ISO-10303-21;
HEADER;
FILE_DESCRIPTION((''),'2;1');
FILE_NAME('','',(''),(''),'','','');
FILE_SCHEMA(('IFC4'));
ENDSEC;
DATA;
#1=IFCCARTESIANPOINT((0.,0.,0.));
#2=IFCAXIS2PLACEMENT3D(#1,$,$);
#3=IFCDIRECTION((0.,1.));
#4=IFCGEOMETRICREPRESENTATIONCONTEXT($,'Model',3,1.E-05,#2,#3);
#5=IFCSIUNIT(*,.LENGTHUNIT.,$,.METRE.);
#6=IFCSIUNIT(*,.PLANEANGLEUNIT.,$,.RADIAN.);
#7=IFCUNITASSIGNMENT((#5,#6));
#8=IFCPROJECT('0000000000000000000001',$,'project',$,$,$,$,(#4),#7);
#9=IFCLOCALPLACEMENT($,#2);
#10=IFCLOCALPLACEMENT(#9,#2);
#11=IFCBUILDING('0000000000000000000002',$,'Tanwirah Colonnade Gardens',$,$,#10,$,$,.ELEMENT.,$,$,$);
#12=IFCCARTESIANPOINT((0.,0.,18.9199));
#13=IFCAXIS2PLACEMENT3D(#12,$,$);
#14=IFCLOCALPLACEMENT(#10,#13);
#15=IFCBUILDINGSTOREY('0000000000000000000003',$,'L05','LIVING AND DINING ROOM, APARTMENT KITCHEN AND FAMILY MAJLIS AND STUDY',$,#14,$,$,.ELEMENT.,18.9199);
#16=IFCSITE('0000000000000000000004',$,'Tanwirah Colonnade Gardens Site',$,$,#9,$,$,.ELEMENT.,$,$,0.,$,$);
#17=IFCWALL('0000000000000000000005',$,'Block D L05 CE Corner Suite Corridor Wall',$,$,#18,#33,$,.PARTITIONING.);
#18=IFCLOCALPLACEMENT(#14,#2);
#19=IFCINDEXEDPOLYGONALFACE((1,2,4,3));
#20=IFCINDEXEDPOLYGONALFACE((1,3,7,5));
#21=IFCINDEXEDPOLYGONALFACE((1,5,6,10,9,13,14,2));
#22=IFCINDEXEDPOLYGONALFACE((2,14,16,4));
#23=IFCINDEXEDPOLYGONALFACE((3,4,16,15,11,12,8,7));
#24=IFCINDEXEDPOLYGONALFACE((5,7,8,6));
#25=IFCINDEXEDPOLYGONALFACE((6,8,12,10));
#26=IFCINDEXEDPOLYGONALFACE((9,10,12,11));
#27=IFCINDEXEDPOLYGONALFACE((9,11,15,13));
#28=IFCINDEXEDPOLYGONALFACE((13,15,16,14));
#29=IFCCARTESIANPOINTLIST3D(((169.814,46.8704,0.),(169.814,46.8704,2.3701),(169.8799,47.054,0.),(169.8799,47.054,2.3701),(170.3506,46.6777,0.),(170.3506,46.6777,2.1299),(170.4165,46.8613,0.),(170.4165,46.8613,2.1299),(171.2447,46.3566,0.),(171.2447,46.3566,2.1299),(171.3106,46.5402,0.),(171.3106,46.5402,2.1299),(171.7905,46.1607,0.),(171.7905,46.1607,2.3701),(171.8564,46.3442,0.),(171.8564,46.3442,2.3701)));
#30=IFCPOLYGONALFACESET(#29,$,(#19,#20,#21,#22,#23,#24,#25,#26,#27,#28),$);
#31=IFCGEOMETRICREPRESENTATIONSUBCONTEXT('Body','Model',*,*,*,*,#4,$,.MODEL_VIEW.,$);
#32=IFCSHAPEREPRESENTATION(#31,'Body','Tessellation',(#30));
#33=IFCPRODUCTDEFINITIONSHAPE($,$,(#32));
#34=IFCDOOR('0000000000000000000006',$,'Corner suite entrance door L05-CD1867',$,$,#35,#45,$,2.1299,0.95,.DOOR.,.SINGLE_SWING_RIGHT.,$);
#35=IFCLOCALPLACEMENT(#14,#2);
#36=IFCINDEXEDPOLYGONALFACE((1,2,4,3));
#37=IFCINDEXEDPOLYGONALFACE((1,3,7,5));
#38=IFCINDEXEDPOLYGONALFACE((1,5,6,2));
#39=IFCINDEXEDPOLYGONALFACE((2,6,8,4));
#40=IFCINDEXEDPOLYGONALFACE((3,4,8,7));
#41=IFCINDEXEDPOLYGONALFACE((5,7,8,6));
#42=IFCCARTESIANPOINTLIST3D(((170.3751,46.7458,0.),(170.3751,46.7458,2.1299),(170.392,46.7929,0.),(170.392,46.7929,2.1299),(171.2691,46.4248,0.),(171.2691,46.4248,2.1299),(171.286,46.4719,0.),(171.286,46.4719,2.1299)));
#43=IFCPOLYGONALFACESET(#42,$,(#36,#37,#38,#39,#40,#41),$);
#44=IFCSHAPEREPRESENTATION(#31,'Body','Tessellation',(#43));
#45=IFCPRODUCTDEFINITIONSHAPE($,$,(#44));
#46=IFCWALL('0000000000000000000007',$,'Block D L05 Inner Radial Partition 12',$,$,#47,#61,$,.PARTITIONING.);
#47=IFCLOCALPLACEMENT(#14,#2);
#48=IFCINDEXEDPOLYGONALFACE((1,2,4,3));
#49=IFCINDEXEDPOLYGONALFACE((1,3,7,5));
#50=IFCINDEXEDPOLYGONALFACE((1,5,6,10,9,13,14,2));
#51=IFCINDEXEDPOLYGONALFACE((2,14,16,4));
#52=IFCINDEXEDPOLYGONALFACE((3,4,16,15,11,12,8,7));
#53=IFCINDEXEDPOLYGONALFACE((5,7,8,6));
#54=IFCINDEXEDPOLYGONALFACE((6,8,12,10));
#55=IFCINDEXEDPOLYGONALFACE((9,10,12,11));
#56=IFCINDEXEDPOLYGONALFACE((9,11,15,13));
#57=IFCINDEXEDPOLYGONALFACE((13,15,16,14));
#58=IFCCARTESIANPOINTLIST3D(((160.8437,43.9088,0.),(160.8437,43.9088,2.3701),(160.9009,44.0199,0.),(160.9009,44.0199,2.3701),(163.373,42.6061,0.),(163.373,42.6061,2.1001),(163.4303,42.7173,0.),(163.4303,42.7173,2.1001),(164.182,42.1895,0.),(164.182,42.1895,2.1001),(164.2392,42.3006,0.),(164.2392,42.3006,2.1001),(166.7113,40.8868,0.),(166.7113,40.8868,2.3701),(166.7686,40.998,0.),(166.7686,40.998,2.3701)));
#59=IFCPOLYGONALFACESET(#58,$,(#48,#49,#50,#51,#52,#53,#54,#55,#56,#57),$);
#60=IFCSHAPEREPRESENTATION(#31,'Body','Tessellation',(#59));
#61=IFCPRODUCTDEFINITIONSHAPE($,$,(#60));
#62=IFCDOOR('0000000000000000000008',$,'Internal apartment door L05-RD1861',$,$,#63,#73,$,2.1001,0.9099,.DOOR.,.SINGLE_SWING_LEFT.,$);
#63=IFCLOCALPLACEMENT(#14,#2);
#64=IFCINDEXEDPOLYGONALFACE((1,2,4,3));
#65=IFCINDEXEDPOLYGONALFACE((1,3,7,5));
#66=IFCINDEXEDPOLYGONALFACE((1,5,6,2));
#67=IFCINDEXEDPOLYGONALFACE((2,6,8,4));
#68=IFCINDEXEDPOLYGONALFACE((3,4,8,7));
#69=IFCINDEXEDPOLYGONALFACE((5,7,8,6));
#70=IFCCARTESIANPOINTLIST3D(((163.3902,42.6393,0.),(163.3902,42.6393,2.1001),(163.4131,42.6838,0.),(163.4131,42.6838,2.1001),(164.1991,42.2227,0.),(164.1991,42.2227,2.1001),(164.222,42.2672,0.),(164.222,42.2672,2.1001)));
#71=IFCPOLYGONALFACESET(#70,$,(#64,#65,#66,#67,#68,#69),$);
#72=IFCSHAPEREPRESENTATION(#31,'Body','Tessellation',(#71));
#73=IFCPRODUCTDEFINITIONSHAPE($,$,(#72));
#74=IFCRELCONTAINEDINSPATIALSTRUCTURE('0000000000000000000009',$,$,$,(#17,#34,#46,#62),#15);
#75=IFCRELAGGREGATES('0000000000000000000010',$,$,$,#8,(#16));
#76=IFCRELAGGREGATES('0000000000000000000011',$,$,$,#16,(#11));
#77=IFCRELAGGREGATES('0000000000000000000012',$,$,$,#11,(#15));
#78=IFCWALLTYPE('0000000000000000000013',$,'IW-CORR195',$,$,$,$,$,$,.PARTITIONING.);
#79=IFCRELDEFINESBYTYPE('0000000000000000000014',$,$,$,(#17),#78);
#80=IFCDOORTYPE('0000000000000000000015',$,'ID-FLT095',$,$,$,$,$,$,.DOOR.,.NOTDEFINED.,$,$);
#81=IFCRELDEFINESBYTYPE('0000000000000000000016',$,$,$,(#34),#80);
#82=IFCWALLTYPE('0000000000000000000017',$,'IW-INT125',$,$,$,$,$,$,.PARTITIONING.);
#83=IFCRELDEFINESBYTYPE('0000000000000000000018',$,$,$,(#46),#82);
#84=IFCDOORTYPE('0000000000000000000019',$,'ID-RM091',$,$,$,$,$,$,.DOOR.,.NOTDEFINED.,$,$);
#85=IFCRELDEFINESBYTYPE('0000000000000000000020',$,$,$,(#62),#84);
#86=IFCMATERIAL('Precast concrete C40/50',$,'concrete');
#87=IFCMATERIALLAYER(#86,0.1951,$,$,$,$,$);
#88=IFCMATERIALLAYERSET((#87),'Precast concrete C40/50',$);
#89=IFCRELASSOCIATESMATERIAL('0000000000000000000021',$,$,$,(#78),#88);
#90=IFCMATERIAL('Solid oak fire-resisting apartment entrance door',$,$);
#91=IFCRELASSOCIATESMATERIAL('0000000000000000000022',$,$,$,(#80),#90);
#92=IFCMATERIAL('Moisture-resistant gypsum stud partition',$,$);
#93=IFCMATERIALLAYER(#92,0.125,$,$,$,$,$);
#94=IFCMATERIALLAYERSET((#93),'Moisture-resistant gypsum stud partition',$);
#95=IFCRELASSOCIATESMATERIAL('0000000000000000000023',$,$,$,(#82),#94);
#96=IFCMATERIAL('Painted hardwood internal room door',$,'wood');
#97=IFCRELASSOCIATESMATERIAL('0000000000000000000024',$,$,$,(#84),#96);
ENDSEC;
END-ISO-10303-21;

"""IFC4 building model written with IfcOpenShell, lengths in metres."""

from ifc_helpers import new_model, si_unit, direction, frame, frame_2d, origin, place, context, subcontext, project, spatial, rectangle, extrude, material, layer, layer_set, type_object, element, fill, save


model = new_model("IFC4")

# Units and contexts
model_context = context("Model", 3, precision=1e-05, world=origin(), true_north=direction((0.0, 1.0)))
body_context = subcontext(model_context, "Body", "Model", "MODEL_VIEW")
ifc_project = project(units=[si_unit("LENGTHUNIT", "METRE"), si_unit("PLANEANGLEUNIT", "RADIAN")], contexts=[model_context])

# Site, building, storey
site_placement = place(None, origin())
site = spatial("IfcSite", under=ifc_project, at=site_placement, Name="Tanwirah Colonnade Gardens Site", CompositionType="ELEMENT", RefElevation=0.0)
building_placement = place(site_placement, origin())
building = spatial("IfcBuilding", under=site, at=building_placement, Name="Tanwirah Colonnade Gardens", CompositionType="ELEMENT")
storey_placement = place(building_placement, frame((0.0, 0.0, 18.9199)))
storey = spatial("IfcBuildingStorey", under=building, at=storey_placement, Name="L05", Description="LIVING AND DINING ROOM, APARTMENT KITCHEN AND FAMILY MAJLIS AND STUDY", CompositionType="ELEMENT", Elevation=18.9199)

# Shared definitions
ifc_material_1 = material(Name="Precast concrete C40/50", Category="concrete")

# Walls, openings, doors
ifc_layer_1 = layer(ifc_material_1, 0.1951)
ifc_layer_set_1 = layer_set([ifc_layer_1], Name="Precast concrete C40/50")
wall_type_1 = type_object("IfcWallType", Name="IW-CORR195", PredefinedType="PARTITIONING", material=ifc_layer_set_1)
ifc_material_2 = material(Name="Solid oak fire-resisting apartment entrance door")
door_type_1 = type_object("IfcDoorType", Name="ID-FLT095", OperationType="NOTDEFINED", PredefinedType="DOOR", material=ifc_material_2)
wall_1_placement = place(storey_placement, frame((169.8469, 46.9622, 0.0), z_axis=(0.0, 0.0, 1.0), x_axis=(0.941167, -0.337941, 0.0)))
wall_1 = element("IfcWall", 1, at=wall_1_placement, inside=storey, type_object=wall_type_1, Name="Block D L05 CE Corner Suite Corridor Wall", PredefinedType="PARTITIONING", context=body_context, shape_type="SweptSolid", body=[
    extrude(rectangle(XDim=2.1001, YDim=0.1951, at=frame_2d((1.05, 0.0))), origin(), (0.0, 0.0, 1.0), 2.3701),
])
opening_1_placement = place(wall_1_placement, frame((0.5701, 0.0, 0.0)))
opening_1 = element("IfcOpeningElement", 2, at=opening_1_placement, cuts=wall_1, PredefinedType="OPENING", context=body_context, shape_type="SweptSolid", body=[
    extrude(rectangle(XDim=0.95, YDim=2.1299, at=frame_2d((0.4751, 1.0649))), frame((0.0, 0.1074, 0.0), z_axis=(0.0, -1.0, 0.0), x_axis=(1.0, 0.0, 0.0)), (0.0, 0.0, 1.0), 0.2151),
])
door_1_placement = place(opening_1_placement, origin())
door_1 = element("IfcDoor", 3, at=door_1_placement, inside=storey, type_object=door_type_1, Name="Corner suite entrance door L05-CD1867", OperationType="SINGLE_SWING_RIGHT", OverallHeight=2.1299, OverallWidth=0.95, PredefinedType="DOOR", context=body_context, shape_type="SweptSolid", body=[
    extrude(rectangle(XDim=0.95, YDim=2.1299, at=frame_2d((0.4751, 1.0649))), frame((0.0, 0.0249, 0.0), z_axis=(0.0, -1.0, 0.0), x_axis=(1.0, 0.0, 0.0)), (0.0, 0.0, 1.0), 0.05),
])
fill(opening_1, door_1)
ifc_material_3 = material(Name="Moisture-resistant gypsum stud partition")
ifc_layer_2 = layer(ifc_material_3, 0.125)
ifc_layer_set_2 = layer_set([ifc_layer_2], Name="Moisture-resistant gypsum stud partition")
wall_type_2 = type_object("IfcWallType", Name="IW-INT125", PredefinedType="PARTITIONING", material=ifc_layer_set_2)
wall_2_placement = place(storey_placement, frame((160.8723, 43.9644, 0.0), z_axis=(0.0, 0.0, 1.0), x_axis=(0.889022, -0.457864, 0.0)))
wall_2 = element("IfcWall", 4, at=wall_2_placement, inside=storey, type_object=wall_type_2, Name="Block D L05 Inner Radial Partition 12", PredefinedType="PARTITIONING", context=body_context, shape_type="SweptSolid", body=[
    extrude(rectangle(XDim=6.6001, YDim=0.125, at=frame_2d((3.3, 0.0))), origin(), (0.0, 0.0, 1.0), 2.3701),
])
opening_2_placement = place(wall_2_placement, frame((2.845, 0.0, 0.0)))
opening_2 = element("IfcOpeningElement", 5, at=opening_2_placement, cuts=wall_2, PredefinedType="OPENING", context=body_context, shape_type="SweptSolid", body=[
    extrude(rectangle(XDim=0.9099, YDim=2.1001, at=frame_2d((0.4551, 1.05))), frame((0.0, 0.0725, 0.0), z_axis=(0.0, -1.0, 0.0), x_axis=(1.0, 0.0, 0.0)), (0.0, 0.0, 1.0), 0.145),
])
ifc_material_4 = material(Name="Painted hardwood internal room door", Category="wood")
door_type_2 = type_object("IfcDoorType", Name="ID-RM091", OperationType="NOTDEFINED", PredefinedType="DOOR", material=ifc_material_4)
door_2_placement = place(opening_2_placement, origin())
door_2 = element("IfcDoor", 6, at=door_2_placement, inside=storey, type_object=door_type_2, Name="Internal apartment door L05-RD1861", OperationType="SINGLE_SWING_LEFT", OverallHeight=2.1001, OverallWidth=0.9099, PredefinedType="DOOR", context=body_context, shape_type="SweptSolid", body=[
    extrude(rectangle(XDim=0.9099, YDim=2.1001, at=frame_2d((0.4551, 1.05))), frame((0.0, 0.0249, 0.0), z_axis=(0.0, -1.0, 0.0), x_axis=(1.0, 0.0, 0.0)), (0.0, 0.0, 1.0), 0.05),
])
fill(opening_2, door_2)

save(model, "model.ifc")
